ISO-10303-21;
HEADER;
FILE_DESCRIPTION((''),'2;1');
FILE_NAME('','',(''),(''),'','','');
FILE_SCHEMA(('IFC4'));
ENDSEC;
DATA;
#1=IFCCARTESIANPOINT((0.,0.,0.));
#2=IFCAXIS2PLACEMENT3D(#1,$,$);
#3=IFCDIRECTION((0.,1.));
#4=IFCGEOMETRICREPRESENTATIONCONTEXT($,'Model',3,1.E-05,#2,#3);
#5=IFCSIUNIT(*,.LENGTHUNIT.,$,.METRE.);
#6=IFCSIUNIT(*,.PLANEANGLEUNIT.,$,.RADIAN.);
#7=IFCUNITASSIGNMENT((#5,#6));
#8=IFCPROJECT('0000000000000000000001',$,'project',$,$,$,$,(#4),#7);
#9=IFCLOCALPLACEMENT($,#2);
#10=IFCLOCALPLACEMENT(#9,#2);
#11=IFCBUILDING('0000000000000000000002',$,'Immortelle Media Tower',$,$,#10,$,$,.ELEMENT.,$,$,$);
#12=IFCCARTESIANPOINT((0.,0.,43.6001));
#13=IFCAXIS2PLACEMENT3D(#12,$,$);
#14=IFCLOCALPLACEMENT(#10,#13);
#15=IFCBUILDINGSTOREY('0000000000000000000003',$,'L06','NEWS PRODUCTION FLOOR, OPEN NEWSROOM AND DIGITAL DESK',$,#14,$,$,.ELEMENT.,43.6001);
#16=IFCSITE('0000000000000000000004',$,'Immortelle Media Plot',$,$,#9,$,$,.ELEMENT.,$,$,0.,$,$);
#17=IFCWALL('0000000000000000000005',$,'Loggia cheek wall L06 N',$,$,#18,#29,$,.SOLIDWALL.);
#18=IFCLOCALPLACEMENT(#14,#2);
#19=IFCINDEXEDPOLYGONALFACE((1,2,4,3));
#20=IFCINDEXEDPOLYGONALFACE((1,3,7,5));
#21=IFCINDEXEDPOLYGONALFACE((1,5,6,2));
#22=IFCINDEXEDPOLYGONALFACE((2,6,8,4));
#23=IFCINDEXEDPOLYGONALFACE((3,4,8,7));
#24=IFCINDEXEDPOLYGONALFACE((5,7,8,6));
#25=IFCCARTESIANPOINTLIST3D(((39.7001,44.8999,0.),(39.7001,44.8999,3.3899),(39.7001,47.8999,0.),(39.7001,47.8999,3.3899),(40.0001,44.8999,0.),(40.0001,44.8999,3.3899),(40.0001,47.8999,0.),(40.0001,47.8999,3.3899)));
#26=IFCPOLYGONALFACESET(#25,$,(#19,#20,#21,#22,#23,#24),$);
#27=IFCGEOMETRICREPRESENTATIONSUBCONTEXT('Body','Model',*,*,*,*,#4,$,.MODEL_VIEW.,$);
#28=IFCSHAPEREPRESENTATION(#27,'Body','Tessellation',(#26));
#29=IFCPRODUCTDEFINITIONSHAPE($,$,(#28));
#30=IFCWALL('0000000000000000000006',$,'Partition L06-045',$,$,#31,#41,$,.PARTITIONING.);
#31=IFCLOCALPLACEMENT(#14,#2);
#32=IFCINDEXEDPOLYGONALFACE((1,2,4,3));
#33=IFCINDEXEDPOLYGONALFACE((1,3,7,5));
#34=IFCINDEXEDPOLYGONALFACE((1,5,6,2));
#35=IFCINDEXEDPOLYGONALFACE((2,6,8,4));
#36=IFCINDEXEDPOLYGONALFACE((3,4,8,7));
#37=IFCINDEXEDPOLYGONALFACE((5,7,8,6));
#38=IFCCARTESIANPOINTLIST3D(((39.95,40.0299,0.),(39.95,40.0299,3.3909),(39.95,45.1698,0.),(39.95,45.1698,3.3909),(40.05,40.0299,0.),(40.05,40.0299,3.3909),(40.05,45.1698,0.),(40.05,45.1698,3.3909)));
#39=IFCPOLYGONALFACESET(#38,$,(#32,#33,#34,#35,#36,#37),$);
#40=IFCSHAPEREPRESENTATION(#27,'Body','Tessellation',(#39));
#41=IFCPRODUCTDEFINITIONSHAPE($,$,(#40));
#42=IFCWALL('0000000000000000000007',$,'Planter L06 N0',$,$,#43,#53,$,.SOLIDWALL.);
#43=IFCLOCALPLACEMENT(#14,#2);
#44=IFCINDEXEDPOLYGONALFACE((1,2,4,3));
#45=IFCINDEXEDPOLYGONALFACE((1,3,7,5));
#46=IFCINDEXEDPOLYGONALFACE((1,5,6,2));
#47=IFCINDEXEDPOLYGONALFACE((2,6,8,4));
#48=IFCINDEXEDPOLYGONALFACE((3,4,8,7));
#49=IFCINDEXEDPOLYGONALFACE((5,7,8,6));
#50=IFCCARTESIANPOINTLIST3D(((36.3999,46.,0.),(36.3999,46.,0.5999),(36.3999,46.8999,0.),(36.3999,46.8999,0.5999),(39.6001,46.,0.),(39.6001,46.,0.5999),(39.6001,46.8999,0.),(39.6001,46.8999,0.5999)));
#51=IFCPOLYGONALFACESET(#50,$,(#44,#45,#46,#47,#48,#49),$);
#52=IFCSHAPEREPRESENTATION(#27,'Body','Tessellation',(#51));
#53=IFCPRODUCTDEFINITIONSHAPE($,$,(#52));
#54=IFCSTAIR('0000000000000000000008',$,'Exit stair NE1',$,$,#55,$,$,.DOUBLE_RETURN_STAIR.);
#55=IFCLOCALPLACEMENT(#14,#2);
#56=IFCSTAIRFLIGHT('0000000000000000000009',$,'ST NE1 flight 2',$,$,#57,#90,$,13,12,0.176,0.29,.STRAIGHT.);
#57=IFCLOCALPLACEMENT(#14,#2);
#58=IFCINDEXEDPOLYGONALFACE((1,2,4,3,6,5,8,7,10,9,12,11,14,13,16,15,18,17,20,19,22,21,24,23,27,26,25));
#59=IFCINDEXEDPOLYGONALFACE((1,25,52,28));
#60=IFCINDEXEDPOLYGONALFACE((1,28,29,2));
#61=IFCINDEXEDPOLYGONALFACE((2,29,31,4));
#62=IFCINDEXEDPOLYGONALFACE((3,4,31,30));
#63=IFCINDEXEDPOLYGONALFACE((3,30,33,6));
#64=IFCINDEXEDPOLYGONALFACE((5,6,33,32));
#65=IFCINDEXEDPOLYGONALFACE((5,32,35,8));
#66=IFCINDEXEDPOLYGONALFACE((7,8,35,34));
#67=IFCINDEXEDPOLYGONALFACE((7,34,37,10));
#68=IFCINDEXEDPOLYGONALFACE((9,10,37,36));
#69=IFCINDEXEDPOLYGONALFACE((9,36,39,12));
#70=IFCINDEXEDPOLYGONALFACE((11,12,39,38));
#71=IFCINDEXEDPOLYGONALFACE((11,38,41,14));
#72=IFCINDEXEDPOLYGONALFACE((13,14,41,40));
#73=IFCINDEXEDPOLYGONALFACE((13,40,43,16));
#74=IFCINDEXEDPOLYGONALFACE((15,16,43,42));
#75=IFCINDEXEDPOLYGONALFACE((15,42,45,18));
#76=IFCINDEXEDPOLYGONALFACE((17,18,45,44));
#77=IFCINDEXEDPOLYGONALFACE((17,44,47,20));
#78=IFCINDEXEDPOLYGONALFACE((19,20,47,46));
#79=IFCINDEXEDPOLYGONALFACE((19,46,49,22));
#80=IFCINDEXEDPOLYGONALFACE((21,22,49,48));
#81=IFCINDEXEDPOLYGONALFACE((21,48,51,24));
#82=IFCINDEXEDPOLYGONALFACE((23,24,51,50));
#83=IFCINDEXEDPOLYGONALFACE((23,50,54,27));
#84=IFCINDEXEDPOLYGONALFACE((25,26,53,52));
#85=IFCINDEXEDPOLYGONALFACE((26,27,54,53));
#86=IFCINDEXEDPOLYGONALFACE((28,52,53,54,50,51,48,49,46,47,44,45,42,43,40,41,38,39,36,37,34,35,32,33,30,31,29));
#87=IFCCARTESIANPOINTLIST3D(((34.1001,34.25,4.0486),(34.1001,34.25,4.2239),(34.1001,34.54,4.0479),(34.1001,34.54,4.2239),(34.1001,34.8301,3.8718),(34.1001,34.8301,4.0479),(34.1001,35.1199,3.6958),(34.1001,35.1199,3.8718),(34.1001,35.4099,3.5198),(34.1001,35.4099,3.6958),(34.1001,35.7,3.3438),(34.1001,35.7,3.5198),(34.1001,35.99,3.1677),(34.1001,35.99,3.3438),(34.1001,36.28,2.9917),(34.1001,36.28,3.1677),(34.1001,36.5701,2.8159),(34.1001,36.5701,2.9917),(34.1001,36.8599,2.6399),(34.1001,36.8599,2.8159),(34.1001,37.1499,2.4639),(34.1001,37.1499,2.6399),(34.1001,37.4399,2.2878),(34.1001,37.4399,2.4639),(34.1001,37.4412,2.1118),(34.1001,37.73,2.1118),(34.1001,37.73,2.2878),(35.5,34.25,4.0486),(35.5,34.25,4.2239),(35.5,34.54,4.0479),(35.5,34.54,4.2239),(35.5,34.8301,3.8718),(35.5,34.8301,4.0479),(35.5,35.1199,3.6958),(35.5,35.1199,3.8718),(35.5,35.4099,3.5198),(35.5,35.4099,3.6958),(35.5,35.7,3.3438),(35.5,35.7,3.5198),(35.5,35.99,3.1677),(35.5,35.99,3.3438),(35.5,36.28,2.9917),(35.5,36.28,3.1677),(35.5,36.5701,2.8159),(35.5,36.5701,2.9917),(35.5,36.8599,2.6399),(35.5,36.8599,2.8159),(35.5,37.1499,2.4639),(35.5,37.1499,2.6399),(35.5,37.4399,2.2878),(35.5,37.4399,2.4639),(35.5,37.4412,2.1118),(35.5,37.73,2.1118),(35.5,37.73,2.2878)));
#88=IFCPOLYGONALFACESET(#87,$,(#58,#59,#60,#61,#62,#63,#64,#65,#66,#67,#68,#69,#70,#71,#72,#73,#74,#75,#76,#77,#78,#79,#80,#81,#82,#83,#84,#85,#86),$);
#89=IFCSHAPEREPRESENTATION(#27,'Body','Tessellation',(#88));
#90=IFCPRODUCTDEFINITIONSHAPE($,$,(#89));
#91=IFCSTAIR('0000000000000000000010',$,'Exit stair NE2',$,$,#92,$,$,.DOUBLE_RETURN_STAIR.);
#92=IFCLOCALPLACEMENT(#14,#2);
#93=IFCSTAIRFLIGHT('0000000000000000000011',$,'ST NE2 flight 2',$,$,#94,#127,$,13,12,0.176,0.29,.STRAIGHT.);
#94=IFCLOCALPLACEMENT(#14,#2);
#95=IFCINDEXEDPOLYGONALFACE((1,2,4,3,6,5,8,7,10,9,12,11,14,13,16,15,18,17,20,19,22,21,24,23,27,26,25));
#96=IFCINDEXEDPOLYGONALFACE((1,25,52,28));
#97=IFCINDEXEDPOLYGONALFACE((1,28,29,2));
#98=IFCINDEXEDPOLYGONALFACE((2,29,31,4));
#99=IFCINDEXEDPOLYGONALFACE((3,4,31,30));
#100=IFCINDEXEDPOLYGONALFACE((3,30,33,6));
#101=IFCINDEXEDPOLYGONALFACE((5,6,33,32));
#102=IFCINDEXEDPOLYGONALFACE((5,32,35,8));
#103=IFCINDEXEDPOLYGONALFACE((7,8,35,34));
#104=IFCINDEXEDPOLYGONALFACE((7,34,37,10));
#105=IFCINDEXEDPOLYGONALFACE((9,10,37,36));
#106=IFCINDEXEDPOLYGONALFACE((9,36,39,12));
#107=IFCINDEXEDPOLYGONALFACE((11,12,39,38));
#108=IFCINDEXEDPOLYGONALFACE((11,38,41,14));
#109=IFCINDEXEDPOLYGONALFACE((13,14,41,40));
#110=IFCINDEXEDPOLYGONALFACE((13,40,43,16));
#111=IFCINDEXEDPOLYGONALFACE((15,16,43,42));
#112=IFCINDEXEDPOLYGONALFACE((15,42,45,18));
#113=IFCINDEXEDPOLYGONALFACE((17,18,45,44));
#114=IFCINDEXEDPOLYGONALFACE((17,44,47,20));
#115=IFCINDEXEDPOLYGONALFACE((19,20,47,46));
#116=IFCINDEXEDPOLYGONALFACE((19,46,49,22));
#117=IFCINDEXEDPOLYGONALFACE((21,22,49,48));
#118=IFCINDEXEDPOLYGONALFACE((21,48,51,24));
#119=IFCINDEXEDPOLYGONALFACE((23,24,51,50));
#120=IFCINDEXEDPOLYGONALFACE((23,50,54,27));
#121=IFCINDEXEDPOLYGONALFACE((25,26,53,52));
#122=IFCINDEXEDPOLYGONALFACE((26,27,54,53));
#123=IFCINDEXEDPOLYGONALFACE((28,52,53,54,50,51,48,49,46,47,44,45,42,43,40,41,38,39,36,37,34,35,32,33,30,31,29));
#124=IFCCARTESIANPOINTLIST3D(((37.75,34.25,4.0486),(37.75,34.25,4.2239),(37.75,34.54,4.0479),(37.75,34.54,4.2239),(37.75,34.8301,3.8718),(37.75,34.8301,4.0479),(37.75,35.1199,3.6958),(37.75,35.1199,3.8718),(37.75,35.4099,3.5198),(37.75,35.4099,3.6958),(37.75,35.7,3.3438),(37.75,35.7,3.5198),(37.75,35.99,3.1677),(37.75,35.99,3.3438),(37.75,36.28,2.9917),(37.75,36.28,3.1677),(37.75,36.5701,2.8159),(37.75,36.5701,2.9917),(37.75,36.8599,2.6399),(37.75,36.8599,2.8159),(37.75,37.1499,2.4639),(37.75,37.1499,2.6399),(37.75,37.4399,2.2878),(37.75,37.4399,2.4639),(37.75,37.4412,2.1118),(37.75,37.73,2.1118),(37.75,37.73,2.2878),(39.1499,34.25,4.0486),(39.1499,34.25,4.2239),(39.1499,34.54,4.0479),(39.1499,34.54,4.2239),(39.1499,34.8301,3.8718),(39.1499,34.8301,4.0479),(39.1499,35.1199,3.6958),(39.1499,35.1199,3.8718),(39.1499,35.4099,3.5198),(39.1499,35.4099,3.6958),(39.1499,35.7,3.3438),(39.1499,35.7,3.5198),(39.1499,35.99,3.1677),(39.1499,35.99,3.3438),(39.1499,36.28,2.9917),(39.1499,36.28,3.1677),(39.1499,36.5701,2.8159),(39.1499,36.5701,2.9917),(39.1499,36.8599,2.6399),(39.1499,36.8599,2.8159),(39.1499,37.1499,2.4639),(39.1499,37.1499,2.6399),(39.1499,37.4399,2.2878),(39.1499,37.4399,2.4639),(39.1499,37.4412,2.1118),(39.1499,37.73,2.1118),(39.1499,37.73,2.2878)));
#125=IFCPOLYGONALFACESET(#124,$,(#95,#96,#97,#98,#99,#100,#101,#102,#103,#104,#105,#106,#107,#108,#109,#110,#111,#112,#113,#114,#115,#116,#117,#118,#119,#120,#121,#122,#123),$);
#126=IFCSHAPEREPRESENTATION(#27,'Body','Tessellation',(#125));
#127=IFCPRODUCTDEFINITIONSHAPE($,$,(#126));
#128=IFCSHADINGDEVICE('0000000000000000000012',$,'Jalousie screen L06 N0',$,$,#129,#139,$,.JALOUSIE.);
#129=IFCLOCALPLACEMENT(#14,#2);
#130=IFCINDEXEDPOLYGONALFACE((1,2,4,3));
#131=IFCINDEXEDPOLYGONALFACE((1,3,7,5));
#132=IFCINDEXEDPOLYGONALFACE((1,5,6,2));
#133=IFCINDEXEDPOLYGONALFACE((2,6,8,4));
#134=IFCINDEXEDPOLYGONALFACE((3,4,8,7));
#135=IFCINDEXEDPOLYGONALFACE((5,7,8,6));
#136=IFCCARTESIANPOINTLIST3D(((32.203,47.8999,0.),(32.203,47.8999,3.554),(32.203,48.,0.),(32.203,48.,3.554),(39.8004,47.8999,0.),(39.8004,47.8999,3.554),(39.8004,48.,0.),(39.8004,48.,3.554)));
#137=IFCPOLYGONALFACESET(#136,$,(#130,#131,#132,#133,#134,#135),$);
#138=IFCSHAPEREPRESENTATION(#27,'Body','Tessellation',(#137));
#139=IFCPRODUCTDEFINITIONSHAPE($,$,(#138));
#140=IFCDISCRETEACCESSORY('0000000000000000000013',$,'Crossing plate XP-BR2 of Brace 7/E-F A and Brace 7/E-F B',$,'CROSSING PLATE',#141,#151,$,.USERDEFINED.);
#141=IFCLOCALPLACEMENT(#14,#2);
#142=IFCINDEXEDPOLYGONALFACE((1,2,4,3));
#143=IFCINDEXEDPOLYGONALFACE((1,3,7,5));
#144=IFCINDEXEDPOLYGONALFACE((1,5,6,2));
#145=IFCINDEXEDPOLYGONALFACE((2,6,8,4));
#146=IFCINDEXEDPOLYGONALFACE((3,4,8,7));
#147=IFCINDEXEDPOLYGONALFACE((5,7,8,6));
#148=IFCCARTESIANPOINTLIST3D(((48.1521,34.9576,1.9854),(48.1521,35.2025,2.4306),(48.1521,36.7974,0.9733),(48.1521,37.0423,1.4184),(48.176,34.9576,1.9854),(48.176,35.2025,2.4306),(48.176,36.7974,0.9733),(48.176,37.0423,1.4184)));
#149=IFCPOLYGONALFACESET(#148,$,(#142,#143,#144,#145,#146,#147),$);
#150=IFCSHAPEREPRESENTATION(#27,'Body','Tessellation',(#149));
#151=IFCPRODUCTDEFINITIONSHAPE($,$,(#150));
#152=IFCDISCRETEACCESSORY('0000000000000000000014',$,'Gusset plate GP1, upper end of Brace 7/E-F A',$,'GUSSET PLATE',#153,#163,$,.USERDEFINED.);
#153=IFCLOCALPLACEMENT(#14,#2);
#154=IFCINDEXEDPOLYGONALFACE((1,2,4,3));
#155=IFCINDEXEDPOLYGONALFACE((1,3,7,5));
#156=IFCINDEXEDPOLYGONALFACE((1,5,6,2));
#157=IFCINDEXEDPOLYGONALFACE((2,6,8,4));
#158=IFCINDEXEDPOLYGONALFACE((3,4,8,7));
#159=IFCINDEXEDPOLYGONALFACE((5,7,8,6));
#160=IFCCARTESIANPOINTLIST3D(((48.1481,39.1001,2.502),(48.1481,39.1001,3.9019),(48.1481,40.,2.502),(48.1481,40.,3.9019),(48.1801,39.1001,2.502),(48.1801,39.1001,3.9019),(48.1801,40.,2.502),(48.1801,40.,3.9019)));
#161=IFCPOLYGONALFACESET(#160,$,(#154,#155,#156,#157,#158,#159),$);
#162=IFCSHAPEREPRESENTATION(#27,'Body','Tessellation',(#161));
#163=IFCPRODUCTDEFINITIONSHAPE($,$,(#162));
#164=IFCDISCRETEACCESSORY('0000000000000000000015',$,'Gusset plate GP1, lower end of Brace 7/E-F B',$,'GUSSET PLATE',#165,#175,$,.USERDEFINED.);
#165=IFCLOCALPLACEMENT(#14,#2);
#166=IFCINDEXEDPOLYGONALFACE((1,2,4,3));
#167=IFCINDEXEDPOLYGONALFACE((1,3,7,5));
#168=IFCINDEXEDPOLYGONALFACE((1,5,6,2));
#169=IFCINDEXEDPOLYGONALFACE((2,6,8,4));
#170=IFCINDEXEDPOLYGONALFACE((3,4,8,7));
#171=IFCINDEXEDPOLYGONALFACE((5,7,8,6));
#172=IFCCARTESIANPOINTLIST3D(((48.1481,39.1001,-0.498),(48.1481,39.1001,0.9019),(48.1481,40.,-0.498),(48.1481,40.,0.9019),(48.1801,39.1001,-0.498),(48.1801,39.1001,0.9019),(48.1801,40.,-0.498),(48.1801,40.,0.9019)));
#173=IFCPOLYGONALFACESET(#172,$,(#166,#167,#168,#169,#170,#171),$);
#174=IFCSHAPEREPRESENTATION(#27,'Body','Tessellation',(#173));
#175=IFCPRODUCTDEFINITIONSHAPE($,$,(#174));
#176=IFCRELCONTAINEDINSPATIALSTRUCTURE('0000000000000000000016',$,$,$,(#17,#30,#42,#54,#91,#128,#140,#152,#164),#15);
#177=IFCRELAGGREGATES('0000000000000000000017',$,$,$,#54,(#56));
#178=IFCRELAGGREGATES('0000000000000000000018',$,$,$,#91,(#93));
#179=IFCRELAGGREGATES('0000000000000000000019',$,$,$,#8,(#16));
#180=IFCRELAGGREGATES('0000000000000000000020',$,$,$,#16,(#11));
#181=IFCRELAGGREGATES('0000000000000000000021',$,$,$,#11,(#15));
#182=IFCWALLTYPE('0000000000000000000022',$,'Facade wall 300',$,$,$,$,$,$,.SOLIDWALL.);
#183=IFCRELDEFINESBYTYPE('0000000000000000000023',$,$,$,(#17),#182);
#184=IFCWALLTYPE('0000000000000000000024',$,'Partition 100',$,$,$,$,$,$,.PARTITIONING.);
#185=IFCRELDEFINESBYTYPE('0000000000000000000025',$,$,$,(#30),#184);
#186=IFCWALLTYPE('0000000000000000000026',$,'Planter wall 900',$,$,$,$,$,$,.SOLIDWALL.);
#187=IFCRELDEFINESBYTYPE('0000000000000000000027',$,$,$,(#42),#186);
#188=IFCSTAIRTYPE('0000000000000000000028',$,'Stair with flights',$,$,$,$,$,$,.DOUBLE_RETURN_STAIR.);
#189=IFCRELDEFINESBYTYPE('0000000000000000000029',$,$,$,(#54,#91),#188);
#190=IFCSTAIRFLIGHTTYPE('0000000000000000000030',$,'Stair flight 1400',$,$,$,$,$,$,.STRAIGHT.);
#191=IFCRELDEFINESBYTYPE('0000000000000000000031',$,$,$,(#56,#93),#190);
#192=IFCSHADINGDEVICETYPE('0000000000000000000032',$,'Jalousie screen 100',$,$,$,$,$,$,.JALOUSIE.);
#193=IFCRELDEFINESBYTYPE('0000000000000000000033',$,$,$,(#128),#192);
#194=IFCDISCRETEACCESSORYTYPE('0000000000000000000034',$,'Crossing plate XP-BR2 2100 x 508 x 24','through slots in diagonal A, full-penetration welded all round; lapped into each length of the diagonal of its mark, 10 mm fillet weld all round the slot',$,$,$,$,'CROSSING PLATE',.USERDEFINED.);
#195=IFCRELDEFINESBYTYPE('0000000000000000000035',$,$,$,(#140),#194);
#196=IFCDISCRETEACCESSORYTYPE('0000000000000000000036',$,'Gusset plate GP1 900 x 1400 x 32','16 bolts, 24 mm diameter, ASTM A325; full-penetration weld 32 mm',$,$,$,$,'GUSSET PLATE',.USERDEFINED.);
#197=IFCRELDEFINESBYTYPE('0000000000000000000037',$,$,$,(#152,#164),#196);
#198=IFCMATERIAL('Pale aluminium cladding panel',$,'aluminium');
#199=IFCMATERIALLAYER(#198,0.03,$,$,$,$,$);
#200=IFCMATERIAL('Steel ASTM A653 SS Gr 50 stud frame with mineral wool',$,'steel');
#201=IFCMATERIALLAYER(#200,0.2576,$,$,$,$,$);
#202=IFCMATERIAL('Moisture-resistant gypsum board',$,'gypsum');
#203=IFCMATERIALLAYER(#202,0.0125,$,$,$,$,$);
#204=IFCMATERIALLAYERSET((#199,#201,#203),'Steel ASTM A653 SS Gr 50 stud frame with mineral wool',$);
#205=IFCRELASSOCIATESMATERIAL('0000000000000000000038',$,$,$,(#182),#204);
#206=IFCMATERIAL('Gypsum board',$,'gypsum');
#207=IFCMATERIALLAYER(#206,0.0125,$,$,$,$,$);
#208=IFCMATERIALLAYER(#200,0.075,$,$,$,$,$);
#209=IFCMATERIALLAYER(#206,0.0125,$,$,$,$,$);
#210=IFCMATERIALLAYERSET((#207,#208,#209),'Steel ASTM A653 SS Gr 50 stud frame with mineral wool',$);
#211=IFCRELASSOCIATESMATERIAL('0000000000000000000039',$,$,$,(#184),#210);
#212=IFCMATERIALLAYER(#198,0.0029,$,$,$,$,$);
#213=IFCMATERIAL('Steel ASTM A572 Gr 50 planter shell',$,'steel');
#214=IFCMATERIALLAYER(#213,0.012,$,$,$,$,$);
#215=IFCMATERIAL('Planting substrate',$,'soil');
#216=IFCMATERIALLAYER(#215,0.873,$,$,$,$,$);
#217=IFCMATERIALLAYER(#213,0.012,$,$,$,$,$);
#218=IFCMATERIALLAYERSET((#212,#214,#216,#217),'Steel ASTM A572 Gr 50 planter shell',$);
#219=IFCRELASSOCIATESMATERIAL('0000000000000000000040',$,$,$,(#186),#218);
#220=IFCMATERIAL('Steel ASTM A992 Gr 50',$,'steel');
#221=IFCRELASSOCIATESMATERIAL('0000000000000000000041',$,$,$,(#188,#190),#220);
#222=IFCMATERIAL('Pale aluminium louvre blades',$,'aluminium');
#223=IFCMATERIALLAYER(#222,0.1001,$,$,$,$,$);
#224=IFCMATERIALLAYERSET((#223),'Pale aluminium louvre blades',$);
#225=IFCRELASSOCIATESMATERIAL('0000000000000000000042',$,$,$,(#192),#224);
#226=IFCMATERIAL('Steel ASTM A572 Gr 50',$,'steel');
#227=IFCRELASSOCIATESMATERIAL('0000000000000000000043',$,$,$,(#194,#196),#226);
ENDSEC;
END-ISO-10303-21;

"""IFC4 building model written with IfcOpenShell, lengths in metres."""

from ifc_helpers import new_model, si_unit, direction, frame, frame_2d, origin, origin_2d, place, context, subcontext, project, spatial, polyline, rectangle, outline, extrude, material, layer, layer_set, material_profile, profile_set, type_object, element, aggregate, save


model = new_model("IFC4")

# Units and contexts
model_context = context("Model", 3, precision=1e-05, world=origin(), true_north=direction((0.0, 1.0)))
body_context = subcontext(model_context, "Body", "Model", "MODEL_VIEW")
ifc_project = project(units=[si_unit("LENGTHUNIT", "METRE"), si_unit("PLANEANGLEUNIT", "RADIAN")], contexts=[model_context])

# Site, building, storey
site_placement = place(None, origin())
site = spatial("IfcSite", under=ifc_project, at=site_placement, Name="Immortelle Media Plot", CompositionType="ELEMENT", RefElevation=0.0)
building_placement = place(site_placement, origin())
building = spatial("IfcBuilding", under=site, at=building_placement, Name="Immortelle Media Tower", CompositionType="ELEMENT")
storey_placement = place(building_placement, frame((0.0, 0.0, 43.6001)))
storey = spatial("IfcBuildingStorey", under=building, at=storey_placement, Name="L06", Description="NEWS PRODUCTION FLOOR, OPEN NEWSROOM AND DIGITAL DESK", CompositionType="ELEMENT", Elevation=43.6001)

# Shared definitions
ifc_material_1 = material(Name="Steel ASTM A992 Gr 50", Category="steel")

# Shared definitions
ifc_material_2 = material(Name="Pale aluminium cladding panel", Category="aluminium")
ifc_layer_1 = layer(ifc_material_2, 0.03)
ifc_material_3 = material(Name="Steel ASTM A653 SS Gr 50 stud frame with mineral wool", Category="steel")
ifc_layer_2 = layer(ifc_material_3, 0.2576)
ifc_material_4 = material(Name="Moisture-resistant gypsum board", Category="gypsum")
ifc_layer_3 = layer(ifc_material_4, 0.0125)
ifc_layer_set_1 = layer_set([ifc_layer_1, ifc_layer_2, ifc_layer_3], Name="Steel ASTM A653 SS Gr 50 stud frame with mineral wool")
wall_type_1 = type_object("IfcWallType", Name="Facade wall 300", PredefinedType="SOLIDWALL", material=ifc_layer_set_1)

# Walls
wall_1_placement = place(storey_placement, frame((39.8501, 47.8999, 0.0), z_axis=(0.0, 0.0, 1.0), x_axis=(0.0, -1.0, 0.0)))
element("IfcWall", 1, at=wall_1_placement, inside=storey, type_object=wall_type_1, Name="Loggia cheek wall L06 N", PredefinedType="SOLIDWALL", context=body_context, shape_type="SweptSolid", body=[
    extrude(rectangle(XDim=3.0, YDim=0.3, at=frame_2d((1.5, 0.0))), origin(), (0.0, 0.0, 1.0), 3.3899),
])
ifc_material_5 = material(Name="Gypsum board", Category="gypsum")
ifc_layer_4 = layer(ifc_material_5, 0.0125)
ifc_layer_5 = layer(ifc_material_3, 0.075)
ifc_layer_6 = layer(ifc_material_5, 0.0125)
ifc_layer_set_2 = layer_set([ifc_layer_4, ifc_layer_5, ifc_layer_6], Name="Steel ASTM A653 SS Gr 50 stud frame with mineral wool")
wall_type_2 = type_object("IfcWallType", Name="Partition 100", PredefinedType="PARTITIONING", material=ifc_layer_set_2)
wall_2_placement = place(storey_placement, frame((40.0, 40.03, 0.0), z_axis=(0.0, 0.0, 1.0), x_axis=(0.0, 1.0, 0.0)))
element("IfcWall", 2, at=wall_2_placement, inside=storey, type_object=wall_type_2, Name="Partition L06-045", PredefinedType="PARTITIONING", context=body_context, shape_type="SweptSolid", body=[
    extrude(rectangle(XDim=5.1399, YDim=0.1001, at=frame_2d((2.5698, 0.0))), origin(), (0.0, 0.0, 1.0), 3.3909),
])
ifc_layer_7 = layer(ifc_material_2, 0.0029)
ifc_material_6 = material(Name="Steel ASTM A572 Gr 50 planter shell", Category="steel")
ifc_layer_8 = layer(ifc_material_6, 0.012)
ifc_material_7 = material(Name="Planting substrate", Category="soil")
ifc_layer_9 = layer(ifc_material_7, 0.873)
ifc_layer_10 = layer(ifc_material_6, 0.012)
ifc_layer_set_3 = layer_set([ifc_layer_7, ifc_layer_8, ifc_layer_9, ifc_layer_10], Name="Steel ASTM A572 Gr 50 planter shell")
wall_type_3 = type_object("IfcWallType", Name="Planter wall 900", PredefinedType="SOLIDWALL", material=ifc_layer_set_3)
wall_3_placement = place(storey_placement, frame((39.6001, 46.45, 0.0), z_axis=(0.0, 0.0, 1.0), x_axis=(-1.0, 0.0, 0.0)))
element("IfcWall", 3, at=wall_3_placement, inside=storey, type_object=wall_type_3, Name="Planter L06 N0", PredefinedType="SOLIDWALL", context=body_context, shape_type="SweptSolid", body=[
    extrude(rectangle(XDim=3.2002, YDim=0.8999, at=frame_2d((1.6001, 0.0))), origin(), (0.0, 0.0, 1.0), 0.5999),
])

# Stairs, stair flights
stair_type = type_object("IfcStairType", Name="Stair with flights", PredefinedType="DOUBLE_RETURN_STAIR", material=ifc_material_1)
stair_1_placement = place(storey_placement, origin())
stair_1 = element("IfcStair", 4, at=stair_1_placement, inside=storey, type_object=stair_type, Name="Exit stair NE1", PredefinedType="DOUBLE_RETURN_STAIR")
stair_flight_type = type_object("IfcStairFlightType", Name="Stair flight 1400", PredefinedType="STRAIGHT", material=ifc_material_1)
stair_flight_1_placement = place(storey_placement, frame((34.8, 37.73, 2.1118), z_axis=(0.0, 0.0, 1.0), x_axis=(0.0, -1.0, 0.0)))
stair_flight_1 = element("IfcStairFlight", 5, at=stair_flight_1_placement, type_object=stair_flight_type, Name="ST NE1 flight 2", NumberOfRisers=13, NumberOfTreads=12, PredefinedType="STRAIGHT", RiserHeight=0.176, TreadLength=0.29, context=body_context, shape_type="SweptSolid", body=[
    extrude(outline(polyline([(0.0, 0.0), (0.0, 0.176), (0.29, 0.176), (0.29, 0.3521), (0.5801, 0.3521), (0.5801, 0.5281), (0.8701, 0.5281), (0.8701, 0.7041), (1.1599, 0.7041), (1.1599, 0.8799), (1.45, 0.8799), (1.45, 1.0559), (1.74, 1.0559), (1.74, 1.2319), (2.03, 1.2319), (2.03, 1.408), (2.3201, 1.408), (2.3201, 1.584), (2.6101, 1.584), (2.6101, 1.76), (2.8999, 1.76), (2.8999, 1.936), (3.1899, 1.936), (3.1899, 2.1121), (3.48, 2.1121), (3.48, 2.2881), (3.48, 1.9368), (0.2888, 0.0), (0.0, 0.0)])), frame((0.0, 0.7, 0.0), z_axis=(0.0, -1.0, 0.0), x_axis=(1.0, 0.0, 0.0)), (0.0, 0.0, 1.0), 1.3999),
])
aggregate(stair_1, [stair_flight_1])
stair_2_placement = place(storey_placement, origin())
stair_2 = element("IfcStair", 6, at=stair_2_placement, inside=storey, type_object=stair_type, Name="Exit stair NE2", PredefinedType="DOUBLE_RETURN_STAIR")
stair_flight_2_placement = place(storey_placement, frame((38.45, 37.73, 2.1118), z_axis=(0.0, 0.0, 1.0), x_axis=(0.0, -1.0, 0.0)))
stair_flight_2 = element("IfcStairFlight", 7, at=stair_flight_2_placement, type_object=stair_flight_type, Name="ST NE2 flight 2", NumberOfRisers=13, NumberOfTreads=12, PredefinedType="STRAIGHT", RiserHeight=0.176, TreadLength=0.29, context=body_context, shape_type="SweptSolid", body=[
    extrude(outline(polyline([(0.0, 0.0), (0.0, 0.176), (0.29, 0.176), (0.29, 0.3521), (0.5801, 0.3521), (0.5801, 0.5281), (0.8701, 0.5281), (0.8701, 0.7041), (1.1599, 0.7041), (1.1599, 0.8799), (1.45, 0.8799), (1.45, 1.0559), (1.74, 1.0559), (1.74, 1.2319), (2.03, 1.2319), (2.03, 1.408), (2.3201, 1.408), (2.3201, 1.584), (2.6101, 1.584), (2.6101, 1.76), (2.8999, 1.76), (2.8999, 1.936), (3.1899, 1.936), (3.1899, 2.1121), (3.48, 2.1121), (3.48, 2.2881), (3.48, 1.9368), (0.2888, 0.0), (0.0, 0.0)])), frame((0.0, 0.7, 0.0), z_axis=(0.0, -1.0, 0.0), x_axis=(1.0, 0.0, 0.0)), (0.0, 0.0, 1.0), 1.3999),
])
aggregate(stair_2, [stair_flight_2])

# Shading device
ifc_material_8 = material(Name="Pale aluminium louvre blades", Category="aluminium")
ifc_layer_11 = layer(ifc_material_8, 0.1001)
ifc_layer_set_4 = layer_set([ifc_layer_11], Name="Pale aluminium louvre blades")
shading_device_type = type_object("IfcShadingDeviceType", Name="Jalousie screen 100", PredefinedType="JALOUSIE", material=ifc_layer_set_4)
shading_device_placement = place(storey_placement, frame((36.0017, 47.95, 0.0), z_axis=(0.0, 0.0, 1.0), x_axis=(-1.0, 0.0, 0.0)))
element("IfcShadingDevice", 8, at=shading_device_placement, inside=storey, type_object=shading_device_type, Name="Jalousie screen L06 N0", PredefinedType="JALOUSIE", context=body_context, shape_type="SweptSolid", body=[
    extrude(rectangle(XDim=7.5974, YDim=0.1001, at=origin_2d()), origin(), (0.0, 0.0, 1.0), 3.554),
])

# Discrete accessories
ifc_material_9 = material(Name="Steel ASTM A572 Gr 50", Category="steel")
ifc_material_profile_1 = material_profile(ifc_material_9, rectangle(XDim=0.0239, YDim=0.5081, at=origin_2d()), Name="PL 24 x 508")
ifc_profile_set_1 = profile_set([ifc_material_profile_1], Name="Steel ASTM A572 Gr 50")
discrete_accessory_type_1 = type_object("IfcDiscreteAccessoryType", Name="Crossing plate XP-BR2 2100 x 508 x 24", Description="through slots in diagonal A, full-penetration welded all round; lapped into each length of the diagonal of its mark, 10 mm fillet weld all round the slot", ElementType="CROSSING PLATE", PredefinedType="USERDEFINED", material=ifc_profile_set_1)
discrete_accessory_placement = place(storey_placement, frame((48.1641, 35.0801, 2.208), z_axis=(0.0, 0.876157, -0.482026), x_axis=(-1.0, 0.0, 0.0)))
element("IfcDiscreteAccessory", 9, at=discrete_accessory_placement, inside=storey, type_object=discrete_accessory_type_1, Name="Crossing plate XP-BR2 of Brace 7/E-F A and Brace 7/E-F B", ObjectType="CROSSING PLATE", PredefinedType="USERDEFINED", context=body_context, shape_type="SweptSolid", body=[
    extrude(rectangle(XDim=0.0239, YDim=0.5081, at=origin_2d()), origin(), (0.0, 0.0, 1.0), 2.0999),
])
ifc_material_profile_2 = material_profile(ifc_material_9, rectangle(XDim=0.032, YDim=1.3999, at=origin_2d()), Name="PL 32 x 1400")
ifc_profile_set_2 = profile_set([ifc_material_profile_2], Name="Steel ASTM A572 Gr 50")
discrete_accessory_type_2 = type_object("IfcDiscreteAccessoryType", Name="Gusset plate GP1 900 x 1400 x 32", Description="16 bolts, 24 mm diameter, ASTM A325; full-penetration weld 32 mm", ElementType="GUSSET PLATE", PredefinedType="USERDEFINED", material=ifc_profile_set_2)
for number, where, z_axis, x_axis, name in (
    (10, (48.1641, 40.0, 3.2019), (0.0, -1.0, 0.0), (1.0, 0.0, 0.0), "Gusset plate GP1, upper end of Brace 7/E-F A"),
    (11, (48.1641, 40.0, 0.2019), (0.0, -1.0, 0.0), (1.0, 0.0, 0.0), "Gusset plate GP1, lower end of Brace 7/E-F B"),
):
    element("IfcDiscreteAccessory", number, at=place(storey_placement, frame(where, z_axis=z_axis, x_axis=x_axis)), inside=storey, type_object=discrete_accessory_type_2, Name=name, ObjectType="GUSSET PLATE", PredefinedType="USERDEFINED", context=body_context, shape_type="SweptSolid", body=[
        extrude(rectangle(XDim=0.032, YDim=1.3999, at=origin_2d()), origin(), (0.0, 0.0, 1.0), 0.8999),
    ])

save(model, "model.ifc")
